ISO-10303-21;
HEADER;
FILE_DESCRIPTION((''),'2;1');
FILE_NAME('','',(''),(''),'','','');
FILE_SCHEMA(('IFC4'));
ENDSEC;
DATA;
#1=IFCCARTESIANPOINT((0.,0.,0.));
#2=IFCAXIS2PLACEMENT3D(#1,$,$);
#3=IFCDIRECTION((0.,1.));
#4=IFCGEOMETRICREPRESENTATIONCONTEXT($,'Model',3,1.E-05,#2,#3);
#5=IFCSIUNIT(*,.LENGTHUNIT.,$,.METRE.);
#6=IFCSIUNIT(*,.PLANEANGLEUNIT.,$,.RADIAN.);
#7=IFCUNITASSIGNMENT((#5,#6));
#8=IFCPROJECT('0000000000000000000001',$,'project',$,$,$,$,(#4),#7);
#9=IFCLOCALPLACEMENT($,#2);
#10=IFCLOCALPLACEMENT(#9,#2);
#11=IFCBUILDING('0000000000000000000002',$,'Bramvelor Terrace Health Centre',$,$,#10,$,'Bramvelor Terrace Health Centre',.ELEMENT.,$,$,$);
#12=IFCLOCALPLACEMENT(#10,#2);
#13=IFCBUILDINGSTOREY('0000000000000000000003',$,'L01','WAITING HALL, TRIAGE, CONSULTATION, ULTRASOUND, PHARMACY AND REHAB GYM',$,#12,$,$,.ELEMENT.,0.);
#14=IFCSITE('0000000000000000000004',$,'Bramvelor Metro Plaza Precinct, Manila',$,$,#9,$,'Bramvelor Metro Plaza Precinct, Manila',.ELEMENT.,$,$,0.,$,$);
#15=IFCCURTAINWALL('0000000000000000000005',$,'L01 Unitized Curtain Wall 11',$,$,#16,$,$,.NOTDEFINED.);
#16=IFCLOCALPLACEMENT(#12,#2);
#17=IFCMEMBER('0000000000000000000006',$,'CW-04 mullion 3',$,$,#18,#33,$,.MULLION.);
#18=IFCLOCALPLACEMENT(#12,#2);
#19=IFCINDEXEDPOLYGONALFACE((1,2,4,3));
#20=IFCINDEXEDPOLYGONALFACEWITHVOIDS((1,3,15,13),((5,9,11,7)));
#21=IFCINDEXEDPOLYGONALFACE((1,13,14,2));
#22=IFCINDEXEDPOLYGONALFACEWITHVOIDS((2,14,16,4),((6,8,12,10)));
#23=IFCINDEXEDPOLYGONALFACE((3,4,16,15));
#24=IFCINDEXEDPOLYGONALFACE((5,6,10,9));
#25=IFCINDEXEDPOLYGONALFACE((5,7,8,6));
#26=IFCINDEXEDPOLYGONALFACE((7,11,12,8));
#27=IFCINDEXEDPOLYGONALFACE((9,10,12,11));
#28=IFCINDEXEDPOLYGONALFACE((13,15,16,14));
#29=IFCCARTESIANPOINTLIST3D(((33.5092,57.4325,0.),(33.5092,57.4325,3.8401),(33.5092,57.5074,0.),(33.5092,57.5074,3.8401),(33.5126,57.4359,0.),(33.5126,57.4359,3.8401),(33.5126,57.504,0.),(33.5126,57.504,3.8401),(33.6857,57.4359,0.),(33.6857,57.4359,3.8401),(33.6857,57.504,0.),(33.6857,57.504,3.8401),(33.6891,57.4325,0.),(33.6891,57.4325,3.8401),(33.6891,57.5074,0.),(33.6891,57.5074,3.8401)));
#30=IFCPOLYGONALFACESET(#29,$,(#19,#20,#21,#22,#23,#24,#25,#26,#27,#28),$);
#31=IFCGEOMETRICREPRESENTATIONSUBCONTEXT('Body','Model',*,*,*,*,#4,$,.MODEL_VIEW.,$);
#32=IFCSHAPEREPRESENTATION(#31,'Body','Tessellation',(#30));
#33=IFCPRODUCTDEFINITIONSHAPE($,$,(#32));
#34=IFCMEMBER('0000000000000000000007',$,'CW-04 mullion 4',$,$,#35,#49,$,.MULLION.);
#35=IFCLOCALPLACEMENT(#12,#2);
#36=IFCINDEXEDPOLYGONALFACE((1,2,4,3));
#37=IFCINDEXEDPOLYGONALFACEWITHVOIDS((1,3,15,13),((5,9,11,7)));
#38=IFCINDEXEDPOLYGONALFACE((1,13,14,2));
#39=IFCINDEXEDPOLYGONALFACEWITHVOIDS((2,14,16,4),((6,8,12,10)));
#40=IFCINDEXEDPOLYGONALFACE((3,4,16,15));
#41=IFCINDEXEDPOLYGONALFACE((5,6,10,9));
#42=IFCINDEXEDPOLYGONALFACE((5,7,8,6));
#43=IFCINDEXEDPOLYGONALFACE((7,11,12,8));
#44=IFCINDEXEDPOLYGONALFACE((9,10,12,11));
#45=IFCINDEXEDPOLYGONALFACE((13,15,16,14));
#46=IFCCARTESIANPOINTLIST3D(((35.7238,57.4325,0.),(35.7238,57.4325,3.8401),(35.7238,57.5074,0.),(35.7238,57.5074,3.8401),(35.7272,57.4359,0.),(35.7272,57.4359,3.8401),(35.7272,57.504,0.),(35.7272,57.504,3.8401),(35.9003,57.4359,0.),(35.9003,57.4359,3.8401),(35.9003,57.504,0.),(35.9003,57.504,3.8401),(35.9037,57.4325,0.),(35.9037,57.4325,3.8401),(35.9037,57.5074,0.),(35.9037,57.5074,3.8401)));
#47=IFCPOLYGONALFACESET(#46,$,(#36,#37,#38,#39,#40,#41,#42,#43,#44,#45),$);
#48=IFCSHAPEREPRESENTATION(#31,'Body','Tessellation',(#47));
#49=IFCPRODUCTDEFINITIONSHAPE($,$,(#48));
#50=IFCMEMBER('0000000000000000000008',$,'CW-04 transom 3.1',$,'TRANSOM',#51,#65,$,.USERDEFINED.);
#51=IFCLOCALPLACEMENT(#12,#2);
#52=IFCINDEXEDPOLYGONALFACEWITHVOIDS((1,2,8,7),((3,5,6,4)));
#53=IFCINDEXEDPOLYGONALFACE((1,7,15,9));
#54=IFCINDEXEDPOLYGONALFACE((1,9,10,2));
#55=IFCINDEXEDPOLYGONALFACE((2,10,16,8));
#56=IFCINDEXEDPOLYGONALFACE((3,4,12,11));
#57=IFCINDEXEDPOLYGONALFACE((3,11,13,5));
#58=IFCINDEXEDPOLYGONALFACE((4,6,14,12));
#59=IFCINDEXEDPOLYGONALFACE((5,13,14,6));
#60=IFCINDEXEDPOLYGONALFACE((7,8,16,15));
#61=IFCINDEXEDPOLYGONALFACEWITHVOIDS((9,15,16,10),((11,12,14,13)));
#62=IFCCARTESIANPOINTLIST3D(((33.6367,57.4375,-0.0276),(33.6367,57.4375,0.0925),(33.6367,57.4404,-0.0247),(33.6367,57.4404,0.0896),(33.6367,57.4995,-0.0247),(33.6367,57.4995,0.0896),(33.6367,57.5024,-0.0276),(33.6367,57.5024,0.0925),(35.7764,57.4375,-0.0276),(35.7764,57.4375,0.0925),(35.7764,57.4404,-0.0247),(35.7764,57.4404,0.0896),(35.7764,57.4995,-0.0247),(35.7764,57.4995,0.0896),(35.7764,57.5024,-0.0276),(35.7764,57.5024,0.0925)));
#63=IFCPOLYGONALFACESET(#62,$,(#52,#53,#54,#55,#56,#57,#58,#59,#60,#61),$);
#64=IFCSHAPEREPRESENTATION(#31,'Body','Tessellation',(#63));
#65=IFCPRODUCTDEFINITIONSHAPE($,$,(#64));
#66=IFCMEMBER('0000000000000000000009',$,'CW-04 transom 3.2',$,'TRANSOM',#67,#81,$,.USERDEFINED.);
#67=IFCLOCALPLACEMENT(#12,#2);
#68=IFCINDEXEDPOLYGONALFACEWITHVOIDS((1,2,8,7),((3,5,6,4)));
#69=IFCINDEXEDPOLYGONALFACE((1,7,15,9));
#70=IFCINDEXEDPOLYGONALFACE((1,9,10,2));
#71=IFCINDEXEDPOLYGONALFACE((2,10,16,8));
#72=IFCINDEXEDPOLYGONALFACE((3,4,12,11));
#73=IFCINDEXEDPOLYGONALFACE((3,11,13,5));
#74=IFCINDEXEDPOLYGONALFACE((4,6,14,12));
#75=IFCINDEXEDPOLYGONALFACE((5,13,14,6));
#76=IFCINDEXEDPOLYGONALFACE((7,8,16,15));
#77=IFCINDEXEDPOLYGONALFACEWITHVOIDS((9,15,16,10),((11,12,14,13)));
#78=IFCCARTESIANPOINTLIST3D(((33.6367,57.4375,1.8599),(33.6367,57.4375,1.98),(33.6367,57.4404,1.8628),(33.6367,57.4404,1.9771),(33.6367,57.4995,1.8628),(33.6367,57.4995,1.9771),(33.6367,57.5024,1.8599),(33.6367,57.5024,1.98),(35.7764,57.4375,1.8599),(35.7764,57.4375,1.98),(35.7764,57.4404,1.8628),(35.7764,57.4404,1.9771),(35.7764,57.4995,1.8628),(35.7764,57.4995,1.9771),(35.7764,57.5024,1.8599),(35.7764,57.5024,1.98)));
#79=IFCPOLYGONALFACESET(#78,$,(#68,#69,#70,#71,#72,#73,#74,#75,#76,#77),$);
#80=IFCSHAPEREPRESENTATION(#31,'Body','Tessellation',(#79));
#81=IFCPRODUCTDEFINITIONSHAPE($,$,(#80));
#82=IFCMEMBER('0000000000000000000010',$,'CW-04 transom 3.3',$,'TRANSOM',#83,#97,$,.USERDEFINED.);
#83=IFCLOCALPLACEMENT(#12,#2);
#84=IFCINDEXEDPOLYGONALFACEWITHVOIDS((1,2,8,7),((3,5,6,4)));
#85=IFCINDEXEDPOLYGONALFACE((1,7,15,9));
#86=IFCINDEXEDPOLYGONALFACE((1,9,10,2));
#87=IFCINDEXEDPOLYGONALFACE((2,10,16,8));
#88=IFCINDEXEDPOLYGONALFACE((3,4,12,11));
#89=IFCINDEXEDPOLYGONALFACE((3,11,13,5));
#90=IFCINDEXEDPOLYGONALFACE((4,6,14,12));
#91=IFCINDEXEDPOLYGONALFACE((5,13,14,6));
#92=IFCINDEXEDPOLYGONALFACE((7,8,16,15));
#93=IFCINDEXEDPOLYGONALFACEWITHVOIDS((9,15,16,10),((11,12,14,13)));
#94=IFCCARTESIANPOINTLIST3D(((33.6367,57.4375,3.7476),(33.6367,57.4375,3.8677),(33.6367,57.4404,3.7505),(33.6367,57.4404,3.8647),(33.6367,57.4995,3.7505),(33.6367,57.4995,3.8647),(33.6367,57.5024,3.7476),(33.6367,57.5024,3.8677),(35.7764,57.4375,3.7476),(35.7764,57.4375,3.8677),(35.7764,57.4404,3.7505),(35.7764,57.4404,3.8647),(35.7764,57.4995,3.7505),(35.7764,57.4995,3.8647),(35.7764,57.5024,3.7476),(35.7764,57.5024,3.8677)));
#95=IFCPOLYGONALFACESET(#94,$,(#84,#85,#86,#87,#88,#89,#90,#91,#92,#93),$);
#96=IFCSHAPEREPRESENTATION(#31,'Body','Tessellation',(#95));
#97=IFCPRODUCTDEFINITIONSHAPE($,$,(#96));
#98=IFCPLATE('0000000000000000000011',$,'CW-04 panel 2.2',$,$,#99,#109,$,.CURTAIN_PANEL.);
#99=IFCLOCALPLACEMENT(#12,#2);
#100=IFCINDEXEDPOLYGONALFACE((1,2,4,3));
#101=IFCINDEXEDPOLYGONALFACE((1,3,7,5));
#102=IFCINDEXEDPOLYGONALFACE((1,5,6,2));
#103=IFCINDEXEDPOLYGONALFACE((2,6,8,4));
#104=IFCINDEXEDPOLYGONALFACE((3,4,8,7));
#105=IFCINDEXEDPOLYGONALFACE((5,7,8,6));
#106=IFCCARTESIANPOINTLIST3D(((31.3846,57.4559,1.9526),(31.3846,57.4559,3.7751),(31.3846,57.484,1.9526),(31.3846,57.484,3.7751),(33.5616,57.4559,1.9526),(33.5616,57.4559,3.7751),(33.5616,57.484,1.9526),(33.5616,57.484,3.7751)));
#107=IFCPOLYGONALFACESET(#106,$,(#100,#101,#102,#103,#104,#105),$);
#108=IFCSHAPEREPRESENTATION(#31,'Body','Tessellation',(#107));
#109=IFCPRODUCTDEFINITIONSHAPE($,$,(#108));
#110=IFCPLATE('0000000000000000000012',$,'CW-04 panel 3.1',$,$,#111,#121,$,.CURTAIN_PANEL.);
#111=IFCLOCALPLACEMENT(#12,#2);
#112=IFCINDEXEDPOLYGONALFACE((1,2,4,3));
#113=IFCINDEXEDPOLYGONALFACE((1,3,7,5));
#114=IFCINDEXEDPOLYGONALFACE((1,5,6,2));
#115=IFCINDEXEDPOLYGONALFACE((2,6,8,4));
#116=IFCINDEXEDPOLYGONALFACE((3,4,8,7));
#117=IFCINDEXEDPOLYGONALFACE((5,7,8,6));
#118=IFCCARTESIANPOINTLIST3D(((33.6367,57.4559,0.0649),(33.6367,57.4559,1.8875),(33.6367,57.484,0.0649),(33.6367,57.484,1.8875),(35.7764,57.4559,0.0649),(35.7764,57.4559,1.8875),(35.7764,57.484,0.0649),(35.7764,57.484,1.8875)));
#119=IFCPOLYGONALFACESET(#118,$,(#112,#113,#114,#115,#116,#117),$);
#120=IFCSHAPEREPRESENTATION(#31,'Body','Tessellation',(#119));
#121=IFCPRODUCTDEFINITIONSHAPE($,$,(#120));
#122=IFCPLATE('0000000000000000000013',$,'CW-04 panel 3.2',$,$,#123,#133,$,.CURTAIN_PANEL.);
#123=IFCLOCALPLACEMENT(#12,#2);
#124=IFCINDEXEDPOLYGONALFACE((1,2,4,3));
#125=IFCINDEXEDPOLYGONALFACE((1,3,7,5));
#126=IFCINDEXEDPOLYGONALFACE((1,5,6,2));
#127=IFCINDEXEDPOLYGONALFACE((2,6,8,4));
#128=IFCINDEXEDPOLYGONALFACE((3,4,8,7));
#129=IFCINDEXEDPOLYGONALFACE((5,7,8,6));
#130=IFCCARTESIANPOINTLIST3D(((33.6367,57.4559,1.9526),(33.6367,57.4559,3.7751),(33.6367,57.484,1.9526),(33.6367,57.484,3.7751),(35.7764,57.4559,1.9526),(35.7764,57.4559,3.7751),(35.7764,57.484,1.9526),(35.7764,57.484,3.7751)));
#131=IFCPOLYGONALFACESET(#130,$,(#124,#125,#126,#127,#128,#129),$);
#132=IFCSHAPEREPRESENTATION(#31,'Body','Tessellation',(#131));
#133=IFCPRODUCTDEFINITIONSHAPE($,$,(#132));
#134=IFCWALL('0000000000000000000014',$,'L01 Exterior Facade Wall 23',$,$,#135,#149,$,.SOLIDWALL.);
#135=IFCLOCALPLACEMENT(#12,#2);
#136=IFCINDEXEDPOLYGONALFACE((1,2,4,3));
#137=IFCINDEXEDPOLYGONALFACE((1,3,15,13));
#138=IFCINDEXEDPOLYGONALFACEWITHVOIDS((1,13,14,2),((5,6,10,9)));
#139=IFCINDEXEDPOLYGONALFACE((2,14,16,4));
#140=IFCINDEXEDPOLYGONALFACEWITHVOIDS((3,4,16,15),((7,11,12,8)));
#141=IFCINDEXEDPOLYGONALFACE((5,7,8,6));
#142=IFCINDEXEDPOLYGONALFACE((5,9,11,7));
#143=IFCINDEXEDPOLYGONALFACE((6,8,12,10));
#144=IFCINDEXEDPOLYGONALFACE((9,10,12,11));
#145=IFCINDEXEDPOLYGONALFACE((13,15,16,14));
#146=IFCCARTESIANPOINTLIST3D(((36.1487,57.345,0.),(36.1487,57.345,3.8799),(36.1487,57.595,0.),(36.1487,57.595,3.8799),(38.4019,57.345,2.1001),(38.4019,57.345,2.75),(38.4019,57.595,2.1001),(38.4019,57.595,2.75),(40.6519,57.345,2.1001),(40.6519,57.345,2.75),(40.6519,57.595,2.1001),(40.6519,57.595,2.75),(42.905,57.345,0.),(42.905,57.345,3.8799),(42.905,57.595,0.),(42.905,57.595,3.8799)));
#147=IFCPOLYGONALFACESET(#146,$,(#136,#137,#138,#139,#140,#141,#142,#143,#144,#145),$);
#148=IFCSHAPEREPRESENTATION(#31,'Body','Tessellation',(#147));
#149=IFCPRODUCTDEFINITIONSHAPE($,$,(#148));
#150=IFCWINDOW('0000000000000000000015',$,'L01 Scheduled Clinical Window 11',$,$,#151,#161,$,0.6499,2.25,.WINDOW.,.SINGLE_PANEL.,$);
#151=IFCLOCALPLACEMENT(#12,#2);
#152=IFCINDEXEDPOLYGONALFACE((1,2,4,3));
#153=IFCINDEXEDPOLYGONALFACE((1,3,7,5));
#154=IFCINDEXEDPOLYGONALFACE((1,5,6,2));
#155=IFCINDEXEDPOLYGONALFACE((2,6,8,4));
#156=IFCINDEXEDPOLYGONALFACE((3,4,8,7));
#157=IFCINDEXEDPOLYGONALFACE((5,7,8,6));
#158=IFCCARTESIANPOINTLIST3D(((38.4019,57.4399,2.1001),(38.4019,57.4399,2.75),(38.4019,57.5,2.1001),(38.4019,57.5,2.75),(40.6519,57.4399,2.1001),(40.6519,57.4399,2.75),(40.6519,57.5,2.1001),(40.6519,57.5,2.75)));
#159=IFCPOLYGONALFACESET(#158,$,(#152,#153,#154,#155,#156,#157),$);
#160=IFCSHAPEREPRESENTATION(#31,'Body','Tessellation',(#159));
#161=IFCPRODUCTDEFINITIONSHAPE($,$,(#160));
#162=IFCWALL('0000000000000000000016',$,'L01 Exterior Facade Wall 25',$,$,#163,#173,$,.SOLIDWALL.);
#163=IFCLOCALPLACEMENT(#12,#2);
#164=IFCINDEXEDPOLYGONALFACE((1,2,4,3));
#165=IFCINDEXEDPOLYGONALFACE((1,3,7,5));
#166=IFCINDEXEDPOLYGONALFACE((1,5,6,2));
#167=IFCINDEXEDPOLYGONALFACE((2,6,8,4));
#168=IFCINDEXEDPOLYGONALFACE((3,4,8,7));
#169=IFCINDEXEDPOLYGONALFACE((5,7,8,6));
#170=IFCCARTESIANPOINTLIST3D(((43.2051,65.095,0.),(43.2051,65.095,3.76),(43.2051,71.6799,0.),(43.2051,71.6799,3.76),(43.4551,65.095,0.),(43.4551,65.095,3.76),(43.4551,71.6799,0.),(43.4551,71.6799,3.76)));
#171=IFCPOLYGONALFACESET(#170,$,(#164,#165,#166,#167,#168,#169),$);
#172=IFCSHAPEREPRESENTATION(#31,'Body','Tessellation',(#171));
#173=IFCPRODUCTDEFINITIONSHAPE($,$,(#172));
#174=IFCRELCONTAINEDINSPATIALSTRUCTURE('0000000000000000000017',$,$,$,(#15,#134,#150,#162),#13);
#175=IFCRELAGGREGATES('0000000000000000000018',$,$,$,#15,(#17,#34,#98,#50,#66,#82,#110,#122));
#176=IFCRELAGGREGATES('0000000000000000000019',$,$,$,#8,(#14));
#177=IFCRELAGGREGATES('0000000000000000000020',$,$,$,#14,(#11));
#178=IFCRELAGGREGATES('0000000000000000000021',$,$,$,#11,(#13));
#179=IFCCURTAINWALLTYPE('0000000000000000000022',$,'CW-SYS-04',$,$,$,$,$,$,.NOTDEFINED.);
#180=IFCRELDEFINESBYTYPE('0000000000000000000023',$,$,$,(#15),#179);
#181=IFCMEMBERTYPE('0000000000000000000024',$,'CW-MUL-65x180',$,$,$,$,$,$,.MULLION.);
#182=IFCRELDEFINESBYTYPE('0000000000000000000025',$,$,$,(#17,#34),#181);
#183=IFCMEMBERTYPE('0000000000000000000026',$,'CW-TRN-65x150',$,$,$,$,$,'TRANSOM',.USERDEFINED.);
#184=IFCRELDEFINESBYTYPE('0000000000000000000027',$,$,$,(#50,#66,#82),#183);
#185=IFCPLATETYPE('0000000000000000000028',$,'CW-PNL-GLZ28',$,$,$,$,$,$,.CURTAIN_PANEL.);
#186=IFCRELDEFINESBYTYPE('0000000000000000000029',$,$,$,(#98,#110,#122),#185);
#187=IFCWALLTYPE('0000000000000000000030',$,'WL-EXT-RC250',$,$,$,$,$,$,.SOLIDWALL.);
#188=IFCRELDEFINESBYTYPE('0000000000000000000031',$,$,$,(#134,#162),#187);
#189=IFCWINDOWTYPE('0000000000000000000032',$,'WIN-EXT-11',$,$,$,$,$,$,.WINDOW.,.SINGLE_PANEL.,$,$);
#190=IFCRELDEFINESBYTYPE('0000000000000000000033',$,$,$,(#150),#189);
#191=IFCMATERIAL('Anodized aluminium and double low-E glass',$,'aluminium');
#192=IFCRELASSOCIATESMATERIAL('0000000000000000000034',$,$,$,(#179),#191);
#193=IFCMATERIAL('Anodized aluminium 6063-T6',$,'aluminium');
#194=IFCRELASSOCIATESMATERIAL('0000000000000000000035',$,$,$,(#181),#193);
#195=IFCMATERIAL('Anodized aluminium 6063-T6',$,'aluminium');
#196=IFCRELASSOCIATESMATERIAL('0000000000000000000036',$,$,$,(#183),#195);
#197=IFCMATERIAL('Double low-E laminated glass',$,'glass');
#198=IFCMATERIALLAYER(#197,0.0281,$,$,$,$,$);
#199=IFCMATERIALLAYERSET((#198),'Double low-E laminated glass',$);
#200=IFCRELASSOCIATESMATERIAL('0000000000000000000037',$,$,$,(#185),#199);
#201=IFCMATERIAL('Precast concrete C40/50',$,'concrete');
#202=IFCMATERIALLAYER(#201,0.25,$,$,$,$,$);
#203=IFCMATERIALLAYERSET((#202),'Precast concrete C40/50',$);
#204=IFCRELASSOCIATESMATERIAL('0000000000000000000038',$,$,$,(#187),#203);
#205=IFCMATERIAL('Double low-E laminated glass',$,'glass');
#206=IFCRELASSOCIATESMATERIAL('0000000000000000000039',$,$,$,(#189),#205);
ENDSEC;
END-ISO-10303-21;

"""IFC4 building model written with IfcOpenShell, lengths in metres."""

from ifc_helpers import new_model, si_unit, direction, frame, frame_2d, origin, origin_2d, place, context, subcontext, project, spatial, rectangle, hollow_rectangle, extrude, material, layer, layer_set, material_profile, profile_set, type_object, element, fill, aggregate, save


model = new_model("IFC4")

# Units and contexts
model_context = context("Model", 3, precision=1e-05, world=origin(), true_north=direction((0.0, 1.0)))
body_context = subcontext(model_context, "Body", "Model", "MODEL_VIEW")
ifc_project = project(units=[si_unit("LENGTHUNIT", "METRE"), si_unit("PLANEANGLEUNIT", "RADIAN")], contexts=[model_context])

# Site, building, storey
site_placement = place(None, origin())
site = spatial("IfcSite", under=ifc_project, at=site_placement, Name="Bramvelor Metro Plaza Precinct, Manila", LongName="Bramvelor Metro Plaza Precinct, Manila", CompositionType="ELEMENT", RefElevation=0.0)
building_placement = place(site_placement, origin())
building = spatial("IfcBuilding", under=site, at=building_placement, Name="Bramvelor Terrace Health Centre", LongName="Bramvelor Terrace Health Centre", CompositionType="ELEMENT")
storey_placement = place(building_placement, origin())
storey = spatial("IfcBuildingStorey", under=building, at=storey_placement, Name="L01", Description="WAITING HALL, TRIAGE, CONSULTATION, ULTRASOUND, PHARMACY AND REHAB GYM", CompositionType="ELEMENT", Elevation=0.0)

# Curtain wall, members, plates
ifc_material_1 = material(Name="Anodized aluminium and double low-E glass", Category="aluminium")
curtain_wall_type = type_object("IfcCurtainWallType", Name="CW-SYS-04", PredefinedType="NOTDEFINED", material=ifc_material_1)
curtain_wall_placement = place(storey_placement, origin())
curtain_wall = element("IfcCurtainWall", 1, at=curtain_wall_placement, inside=storey, type_object=curtain_wall_type, Name="L01 Unitized Curtain Wall 11", PredefinedType="NOTDEFINED")
ifc_material_2 = material(Name="Anodized aluminium 6063-T6", Category="aluminium")
ifc_material_profile_1 = material_profile(ifc_material_2, hollow_rectangle(XDim=0.075, YDim=0.1799, WallThickness=0.0034, at=origin_2d()), Name="ALU-MUL 75x180x3.5")
ifc_profile_set_1 = profile_set([ifc_material_profile_1], Name="Anodized aluminium 6063-T6")
member_type_1 = type_object("IfcMemberType", Name="CW-MUL-65x180", PredefinedType="MULLION", material=ifc_profile_set_1)
member_1_placement = place(storey_placement, frame((33.5991, 57.47, 0.0), z_axis=(0.0, 0.0, 1.0), x_axis=(0.0, 1.0, 0.0)))
member_1 = element("IfcMember", 2, at=member_1_placement, type_object=member_type_1, Name="CW-04 mullion 3", PredefinedType="MULLION", context=body_context, shape_type="SweptSolid", body=[
    extrude(hollow_rectangle(XDim=0.075, YDim=0.1799, WallThickness=0.0034, at=origin_2d()), origin(), (0.0, 0.0, 1.0), 3.8401),
])
member_2_placement = place(storey_placement, frame((35.8137, 57.47, 0.0), z_axis=(0.0, 0.0, 1.0), x_axis=(0.0, 1.0, 0.0)))
member_2 = element("IfcMember", 3, at=member_2_placement, type_object=member_type_1, Name="CW-04 mullion 4", PredefinedType="MULLION", context=body_context, shape_type="SweptSolid", body=[
    extrude(hollow_rectangle(XDim=0.075, YDim=0.1799, WallThickness=0.0034, at=origin_2d()), origin(), (0.0, 0.0, 1.0), 3.8401),
])
ifc_material_3 = material(Name="Anodized aluminium 6063-T6", Category="aluminium")
ifc_material_profile_2 = material_profile(ifc_material_3, hollow_rectangle(XDim=0.0649, YDim=0.1201, WallThickness=0.0029, at=origin_2d()), Name="ALU-TRN 65x120x3.0")
ifc_profile_set_2 = profile_set([ifc_material_profile_2], Name="Anodized aluminium 6063-T6")
member_type_2 = type_object("IfcMemberType", Name="CW-TRN-65x150", ElementType="TRANSOM", PredefinedType="USERDEFINED", material=ifc_profile_set_2)
member_3_placement = place(storey_placement, frame((33.6367, 57.47, 0.0325), z_axis=(1.0, 0.0, 0.0), x_axis=(0.0, 1.0, 0.0)))
member_3 = element("IfcMember", 4, at=member_3_placement, type_object=member_type_2, Name="CW-04 transom 3.1", ObjectType="TRANSOM", PredefinedType="USERDEFINED", context=body_context, shape_type="SweptSolid", body=[
    extrude(hollow_rectangle(XDim=0.0649, YDim=0.1201, WallThickness=0.0029, at=origin_2d()), origin(), (0.0, 0.0, 1.0), 2.1396),
])
member_4_placement = place(storey_placement, frame((33.6367, 57.47, 1.9199), z_axis=(1.0, 0.0, 0.0), x_axis=(0.0, 1.0, 0.0)))
member_4 = element("IfcMember", 5, at=member_4_placement, type_object=member_type_2, Name="CW-04 transom 3.2", ObjectType="TRANSOM", PredefinedType="USERDEFINED", context=body_context, shape_type="SweptSolid", body=[
    extrude(hollow_rectangle(XDim=0.0649, YDim=0.1201, WallThickness=0.0029, at=origin_2d()), origin(), (0.0, 0.0, 1.0), 2.1396),
])
member_5_placement = place(storey_placement, frame((33.6367, 57.47, 3.8076), z_axis=(1.0, 0.0, 0.0), x_axis=(0.0, 1.0, 0.0)))
member_5 = element("IfcMember", 6, at=member_5_placement, type_object=member_type_2, Name="CW-04 transom 3.3", ObjectType="TRANSOM", PredefinedType="USERDEFINED", context=body_context, shape_type="SweptSolid", body=[
    extrude(hollow_rectangle(XDim=0.0649, YDim=0.1201, WallThickness=0.0029, at=origin_2d()), origin(), (0.0, 0.0, 1.0), 2.1396),
])
ifc_material_4 = material(Name="Double low-E laminated glass", Category="glass")
ifc_layer_1 = layer(ifc_material_4, 0.0281)
ifc_layer_set_1 = layer_set([ifc_layer_1], Name="Double low-E laminated glass")
plate_type = type_object("IfcPlateType", Name="CW-PNL-GLZ28", PredefinedType="CURTAIN_PANEL", material=ifc_layer_set_1)
plate_1_placement = place(storey_placement, frame((32.4731, 57.47, 1.9526), z_axis=(0.0, 0.0, 1.0), x_axis=(1.0, 0.0, 0.0)))
plate_1 = element("IfcPlate", 7, at=plate_1_placement, type_object=plate_type, Name="CW-04 panel 2.2", PredefinedType="CURTAIN_PANEL", context=body_context, shape_type="SweptSolid", body=[
    extrude(rectangle(XDim=2.177, YDim=0.0281, at=origin_2d()), origin(), (0.0, 0.0, 1.0), 1.8225),
])
plate_2_placement = place(storey_placement, frame((34.7065, 57.47, 0.0649), z_axis=(0.0, 0.0, 1.0), x_axis=(1.0, 0.0, 0.0)))
plate_2 = element("IfcPlate", 8, at=plate_2_placement, type_object=plate_type, Name="CW-04 panel 3.1", PredefinedType="CURTAIN_PANEL", context=body_context, shape_type="SweptSolid", body=[
    extrude(rectangle(XDim=2.1396, YDim=0.0281, at=origin_2d()), origin(), (0.0, 0.0, 1.0), 1.8225),
])
plate_3_placement = place(storey_placement, frame((34.7065, 57.47, 1.9526), z_axis=(0.0, 0.0, 1.0), x_axis=(1.0, 0.0, 0.0)))
plate_3 = element("IfcPlate", 9, at=plate_3_placement, type_object=plate_type, Name="CW-04 panel 3.2", PredefinedType="CURTAIN_PANEL", context=body_context, shape_type="SweptSolid", body=[
    extrude(rectangle(XDim=2.1396, YDim=0.0281, at=origin_2d()), origin(), (0.0, 0.0, 1.0), 1.8225),
])
aggregate(curtain_wall, [member_1, member_2, plate_1, member_3, member_4, member_5, plate_2, plate_3])

# Wall, opening, window
ifc_material_5 = material(Name="Precast concrete C40/50", Category="concrete")
ifc_layer_2 = layer(ifc_material_5, 0.25)
ifc_layer_set_2 = layer_set([ifc_layer_2], Name="Precast concrete C40/50")
wall_type_1 = type_object("IfcWallType", Name="WL-EXT-RC250", PredefinedType="SOLIDWALL", material=ifc_layer_set_2)
wall_1_placement = place(storey_placement, frame((36.1487, 57.47, 0.0), z_axis=(0.0, 0.0, 1.0), x_axis=(1.0, 0.0, 0.0)))
wall_1 = element("IfcWall", 10, at=wall_1_placement, inside=storey, type_object=wall_type_1, Name="L01 Exterior Facade Wall 23", PredefinedType="SOLIDWALL", context=body_context, shape_type="SweptSolid", body=[
    extrude(rectangle(XDim=6.7563, YDim=0.25, at=frame_2d((3.3782, 0.0))), origin(), (0.0, 0.0, 1.0), 3.8799),
])
opening_placement = place(wall_1_placement, frame((2.2532, 0.0, 2.1001)))
opening = element("IfcOpeningElement", 11, at=opening_placement, cuts=wall_1, PredefinedType="OPENING", context=body_context, shape_type="SweptSolid", body=[
    extrude(rectangle(XDim=2.25, YDim=0.6499, at=frame_2d((1.125, 0.325))), frame((0.0, 0.135, 0.0), z_axis=(0.0, -1.0, 0.0), x_axis=(1.0, 0.0, 0.0)), (0.0, 0.0, 1.0), 0.27),
])
ifc_material_6 = material(Name="Double low-E laminated glass", Category="glass")
window_type = type_object("IfcWindowType", Name="WIN-EXT-11", PartitioningType="SINGLE_PANEL", PredefinedType="WINDOW", material=ifc_material_6)
window_placement = place(opening_placement, origin())
window = element("IfcWindow", 12, at=window_placement, inside=storey, type_object=window_type, Name="L01 Scheduled Clinical Window 11", OverallHeight=0.6499, OverallWidth=2.25, PartitioningType="SINGLE_PANEL", PredefinedType="WINDOW", context=body_context, shape_type="SweptSolid", body=[
    extrude(rectangle(XDim=2.25, YDim=0.6499, at=frame_2d((1.125, 0.325))), frame((0.0, 0.03, 0.0), z_axis=(0.0, -1.0, 0.0), x_axis=(1.0, 0.0, 0.0)), (0.0, 0.0, 1.0), 0.0601),
])
fill(opening, window)

# Wall
wall_2_placement = place(storey_placement, frame((43.3301, 65.095, 0.0), z_axis=(0.0, 0.0, 1.0), x_axis=(0.0, 1.0, 0.0)))
element("IfcWall", 13, at=wall_2_placement, inside=storey, type_object=wall_type_1, Name="L01 Exterior Facade Wall 25", PredefinedType="SOLIDWALL", context=body_context, shape_type="SweptSolid", body=[
    extrude(rectangle(XDim=6.585, YDim=0.25, at=frame_2d((3.2925, 0.0))), origin(), (0.0, 0.0, 1.0), 3.76),
])

save(model, "model.ifc")
